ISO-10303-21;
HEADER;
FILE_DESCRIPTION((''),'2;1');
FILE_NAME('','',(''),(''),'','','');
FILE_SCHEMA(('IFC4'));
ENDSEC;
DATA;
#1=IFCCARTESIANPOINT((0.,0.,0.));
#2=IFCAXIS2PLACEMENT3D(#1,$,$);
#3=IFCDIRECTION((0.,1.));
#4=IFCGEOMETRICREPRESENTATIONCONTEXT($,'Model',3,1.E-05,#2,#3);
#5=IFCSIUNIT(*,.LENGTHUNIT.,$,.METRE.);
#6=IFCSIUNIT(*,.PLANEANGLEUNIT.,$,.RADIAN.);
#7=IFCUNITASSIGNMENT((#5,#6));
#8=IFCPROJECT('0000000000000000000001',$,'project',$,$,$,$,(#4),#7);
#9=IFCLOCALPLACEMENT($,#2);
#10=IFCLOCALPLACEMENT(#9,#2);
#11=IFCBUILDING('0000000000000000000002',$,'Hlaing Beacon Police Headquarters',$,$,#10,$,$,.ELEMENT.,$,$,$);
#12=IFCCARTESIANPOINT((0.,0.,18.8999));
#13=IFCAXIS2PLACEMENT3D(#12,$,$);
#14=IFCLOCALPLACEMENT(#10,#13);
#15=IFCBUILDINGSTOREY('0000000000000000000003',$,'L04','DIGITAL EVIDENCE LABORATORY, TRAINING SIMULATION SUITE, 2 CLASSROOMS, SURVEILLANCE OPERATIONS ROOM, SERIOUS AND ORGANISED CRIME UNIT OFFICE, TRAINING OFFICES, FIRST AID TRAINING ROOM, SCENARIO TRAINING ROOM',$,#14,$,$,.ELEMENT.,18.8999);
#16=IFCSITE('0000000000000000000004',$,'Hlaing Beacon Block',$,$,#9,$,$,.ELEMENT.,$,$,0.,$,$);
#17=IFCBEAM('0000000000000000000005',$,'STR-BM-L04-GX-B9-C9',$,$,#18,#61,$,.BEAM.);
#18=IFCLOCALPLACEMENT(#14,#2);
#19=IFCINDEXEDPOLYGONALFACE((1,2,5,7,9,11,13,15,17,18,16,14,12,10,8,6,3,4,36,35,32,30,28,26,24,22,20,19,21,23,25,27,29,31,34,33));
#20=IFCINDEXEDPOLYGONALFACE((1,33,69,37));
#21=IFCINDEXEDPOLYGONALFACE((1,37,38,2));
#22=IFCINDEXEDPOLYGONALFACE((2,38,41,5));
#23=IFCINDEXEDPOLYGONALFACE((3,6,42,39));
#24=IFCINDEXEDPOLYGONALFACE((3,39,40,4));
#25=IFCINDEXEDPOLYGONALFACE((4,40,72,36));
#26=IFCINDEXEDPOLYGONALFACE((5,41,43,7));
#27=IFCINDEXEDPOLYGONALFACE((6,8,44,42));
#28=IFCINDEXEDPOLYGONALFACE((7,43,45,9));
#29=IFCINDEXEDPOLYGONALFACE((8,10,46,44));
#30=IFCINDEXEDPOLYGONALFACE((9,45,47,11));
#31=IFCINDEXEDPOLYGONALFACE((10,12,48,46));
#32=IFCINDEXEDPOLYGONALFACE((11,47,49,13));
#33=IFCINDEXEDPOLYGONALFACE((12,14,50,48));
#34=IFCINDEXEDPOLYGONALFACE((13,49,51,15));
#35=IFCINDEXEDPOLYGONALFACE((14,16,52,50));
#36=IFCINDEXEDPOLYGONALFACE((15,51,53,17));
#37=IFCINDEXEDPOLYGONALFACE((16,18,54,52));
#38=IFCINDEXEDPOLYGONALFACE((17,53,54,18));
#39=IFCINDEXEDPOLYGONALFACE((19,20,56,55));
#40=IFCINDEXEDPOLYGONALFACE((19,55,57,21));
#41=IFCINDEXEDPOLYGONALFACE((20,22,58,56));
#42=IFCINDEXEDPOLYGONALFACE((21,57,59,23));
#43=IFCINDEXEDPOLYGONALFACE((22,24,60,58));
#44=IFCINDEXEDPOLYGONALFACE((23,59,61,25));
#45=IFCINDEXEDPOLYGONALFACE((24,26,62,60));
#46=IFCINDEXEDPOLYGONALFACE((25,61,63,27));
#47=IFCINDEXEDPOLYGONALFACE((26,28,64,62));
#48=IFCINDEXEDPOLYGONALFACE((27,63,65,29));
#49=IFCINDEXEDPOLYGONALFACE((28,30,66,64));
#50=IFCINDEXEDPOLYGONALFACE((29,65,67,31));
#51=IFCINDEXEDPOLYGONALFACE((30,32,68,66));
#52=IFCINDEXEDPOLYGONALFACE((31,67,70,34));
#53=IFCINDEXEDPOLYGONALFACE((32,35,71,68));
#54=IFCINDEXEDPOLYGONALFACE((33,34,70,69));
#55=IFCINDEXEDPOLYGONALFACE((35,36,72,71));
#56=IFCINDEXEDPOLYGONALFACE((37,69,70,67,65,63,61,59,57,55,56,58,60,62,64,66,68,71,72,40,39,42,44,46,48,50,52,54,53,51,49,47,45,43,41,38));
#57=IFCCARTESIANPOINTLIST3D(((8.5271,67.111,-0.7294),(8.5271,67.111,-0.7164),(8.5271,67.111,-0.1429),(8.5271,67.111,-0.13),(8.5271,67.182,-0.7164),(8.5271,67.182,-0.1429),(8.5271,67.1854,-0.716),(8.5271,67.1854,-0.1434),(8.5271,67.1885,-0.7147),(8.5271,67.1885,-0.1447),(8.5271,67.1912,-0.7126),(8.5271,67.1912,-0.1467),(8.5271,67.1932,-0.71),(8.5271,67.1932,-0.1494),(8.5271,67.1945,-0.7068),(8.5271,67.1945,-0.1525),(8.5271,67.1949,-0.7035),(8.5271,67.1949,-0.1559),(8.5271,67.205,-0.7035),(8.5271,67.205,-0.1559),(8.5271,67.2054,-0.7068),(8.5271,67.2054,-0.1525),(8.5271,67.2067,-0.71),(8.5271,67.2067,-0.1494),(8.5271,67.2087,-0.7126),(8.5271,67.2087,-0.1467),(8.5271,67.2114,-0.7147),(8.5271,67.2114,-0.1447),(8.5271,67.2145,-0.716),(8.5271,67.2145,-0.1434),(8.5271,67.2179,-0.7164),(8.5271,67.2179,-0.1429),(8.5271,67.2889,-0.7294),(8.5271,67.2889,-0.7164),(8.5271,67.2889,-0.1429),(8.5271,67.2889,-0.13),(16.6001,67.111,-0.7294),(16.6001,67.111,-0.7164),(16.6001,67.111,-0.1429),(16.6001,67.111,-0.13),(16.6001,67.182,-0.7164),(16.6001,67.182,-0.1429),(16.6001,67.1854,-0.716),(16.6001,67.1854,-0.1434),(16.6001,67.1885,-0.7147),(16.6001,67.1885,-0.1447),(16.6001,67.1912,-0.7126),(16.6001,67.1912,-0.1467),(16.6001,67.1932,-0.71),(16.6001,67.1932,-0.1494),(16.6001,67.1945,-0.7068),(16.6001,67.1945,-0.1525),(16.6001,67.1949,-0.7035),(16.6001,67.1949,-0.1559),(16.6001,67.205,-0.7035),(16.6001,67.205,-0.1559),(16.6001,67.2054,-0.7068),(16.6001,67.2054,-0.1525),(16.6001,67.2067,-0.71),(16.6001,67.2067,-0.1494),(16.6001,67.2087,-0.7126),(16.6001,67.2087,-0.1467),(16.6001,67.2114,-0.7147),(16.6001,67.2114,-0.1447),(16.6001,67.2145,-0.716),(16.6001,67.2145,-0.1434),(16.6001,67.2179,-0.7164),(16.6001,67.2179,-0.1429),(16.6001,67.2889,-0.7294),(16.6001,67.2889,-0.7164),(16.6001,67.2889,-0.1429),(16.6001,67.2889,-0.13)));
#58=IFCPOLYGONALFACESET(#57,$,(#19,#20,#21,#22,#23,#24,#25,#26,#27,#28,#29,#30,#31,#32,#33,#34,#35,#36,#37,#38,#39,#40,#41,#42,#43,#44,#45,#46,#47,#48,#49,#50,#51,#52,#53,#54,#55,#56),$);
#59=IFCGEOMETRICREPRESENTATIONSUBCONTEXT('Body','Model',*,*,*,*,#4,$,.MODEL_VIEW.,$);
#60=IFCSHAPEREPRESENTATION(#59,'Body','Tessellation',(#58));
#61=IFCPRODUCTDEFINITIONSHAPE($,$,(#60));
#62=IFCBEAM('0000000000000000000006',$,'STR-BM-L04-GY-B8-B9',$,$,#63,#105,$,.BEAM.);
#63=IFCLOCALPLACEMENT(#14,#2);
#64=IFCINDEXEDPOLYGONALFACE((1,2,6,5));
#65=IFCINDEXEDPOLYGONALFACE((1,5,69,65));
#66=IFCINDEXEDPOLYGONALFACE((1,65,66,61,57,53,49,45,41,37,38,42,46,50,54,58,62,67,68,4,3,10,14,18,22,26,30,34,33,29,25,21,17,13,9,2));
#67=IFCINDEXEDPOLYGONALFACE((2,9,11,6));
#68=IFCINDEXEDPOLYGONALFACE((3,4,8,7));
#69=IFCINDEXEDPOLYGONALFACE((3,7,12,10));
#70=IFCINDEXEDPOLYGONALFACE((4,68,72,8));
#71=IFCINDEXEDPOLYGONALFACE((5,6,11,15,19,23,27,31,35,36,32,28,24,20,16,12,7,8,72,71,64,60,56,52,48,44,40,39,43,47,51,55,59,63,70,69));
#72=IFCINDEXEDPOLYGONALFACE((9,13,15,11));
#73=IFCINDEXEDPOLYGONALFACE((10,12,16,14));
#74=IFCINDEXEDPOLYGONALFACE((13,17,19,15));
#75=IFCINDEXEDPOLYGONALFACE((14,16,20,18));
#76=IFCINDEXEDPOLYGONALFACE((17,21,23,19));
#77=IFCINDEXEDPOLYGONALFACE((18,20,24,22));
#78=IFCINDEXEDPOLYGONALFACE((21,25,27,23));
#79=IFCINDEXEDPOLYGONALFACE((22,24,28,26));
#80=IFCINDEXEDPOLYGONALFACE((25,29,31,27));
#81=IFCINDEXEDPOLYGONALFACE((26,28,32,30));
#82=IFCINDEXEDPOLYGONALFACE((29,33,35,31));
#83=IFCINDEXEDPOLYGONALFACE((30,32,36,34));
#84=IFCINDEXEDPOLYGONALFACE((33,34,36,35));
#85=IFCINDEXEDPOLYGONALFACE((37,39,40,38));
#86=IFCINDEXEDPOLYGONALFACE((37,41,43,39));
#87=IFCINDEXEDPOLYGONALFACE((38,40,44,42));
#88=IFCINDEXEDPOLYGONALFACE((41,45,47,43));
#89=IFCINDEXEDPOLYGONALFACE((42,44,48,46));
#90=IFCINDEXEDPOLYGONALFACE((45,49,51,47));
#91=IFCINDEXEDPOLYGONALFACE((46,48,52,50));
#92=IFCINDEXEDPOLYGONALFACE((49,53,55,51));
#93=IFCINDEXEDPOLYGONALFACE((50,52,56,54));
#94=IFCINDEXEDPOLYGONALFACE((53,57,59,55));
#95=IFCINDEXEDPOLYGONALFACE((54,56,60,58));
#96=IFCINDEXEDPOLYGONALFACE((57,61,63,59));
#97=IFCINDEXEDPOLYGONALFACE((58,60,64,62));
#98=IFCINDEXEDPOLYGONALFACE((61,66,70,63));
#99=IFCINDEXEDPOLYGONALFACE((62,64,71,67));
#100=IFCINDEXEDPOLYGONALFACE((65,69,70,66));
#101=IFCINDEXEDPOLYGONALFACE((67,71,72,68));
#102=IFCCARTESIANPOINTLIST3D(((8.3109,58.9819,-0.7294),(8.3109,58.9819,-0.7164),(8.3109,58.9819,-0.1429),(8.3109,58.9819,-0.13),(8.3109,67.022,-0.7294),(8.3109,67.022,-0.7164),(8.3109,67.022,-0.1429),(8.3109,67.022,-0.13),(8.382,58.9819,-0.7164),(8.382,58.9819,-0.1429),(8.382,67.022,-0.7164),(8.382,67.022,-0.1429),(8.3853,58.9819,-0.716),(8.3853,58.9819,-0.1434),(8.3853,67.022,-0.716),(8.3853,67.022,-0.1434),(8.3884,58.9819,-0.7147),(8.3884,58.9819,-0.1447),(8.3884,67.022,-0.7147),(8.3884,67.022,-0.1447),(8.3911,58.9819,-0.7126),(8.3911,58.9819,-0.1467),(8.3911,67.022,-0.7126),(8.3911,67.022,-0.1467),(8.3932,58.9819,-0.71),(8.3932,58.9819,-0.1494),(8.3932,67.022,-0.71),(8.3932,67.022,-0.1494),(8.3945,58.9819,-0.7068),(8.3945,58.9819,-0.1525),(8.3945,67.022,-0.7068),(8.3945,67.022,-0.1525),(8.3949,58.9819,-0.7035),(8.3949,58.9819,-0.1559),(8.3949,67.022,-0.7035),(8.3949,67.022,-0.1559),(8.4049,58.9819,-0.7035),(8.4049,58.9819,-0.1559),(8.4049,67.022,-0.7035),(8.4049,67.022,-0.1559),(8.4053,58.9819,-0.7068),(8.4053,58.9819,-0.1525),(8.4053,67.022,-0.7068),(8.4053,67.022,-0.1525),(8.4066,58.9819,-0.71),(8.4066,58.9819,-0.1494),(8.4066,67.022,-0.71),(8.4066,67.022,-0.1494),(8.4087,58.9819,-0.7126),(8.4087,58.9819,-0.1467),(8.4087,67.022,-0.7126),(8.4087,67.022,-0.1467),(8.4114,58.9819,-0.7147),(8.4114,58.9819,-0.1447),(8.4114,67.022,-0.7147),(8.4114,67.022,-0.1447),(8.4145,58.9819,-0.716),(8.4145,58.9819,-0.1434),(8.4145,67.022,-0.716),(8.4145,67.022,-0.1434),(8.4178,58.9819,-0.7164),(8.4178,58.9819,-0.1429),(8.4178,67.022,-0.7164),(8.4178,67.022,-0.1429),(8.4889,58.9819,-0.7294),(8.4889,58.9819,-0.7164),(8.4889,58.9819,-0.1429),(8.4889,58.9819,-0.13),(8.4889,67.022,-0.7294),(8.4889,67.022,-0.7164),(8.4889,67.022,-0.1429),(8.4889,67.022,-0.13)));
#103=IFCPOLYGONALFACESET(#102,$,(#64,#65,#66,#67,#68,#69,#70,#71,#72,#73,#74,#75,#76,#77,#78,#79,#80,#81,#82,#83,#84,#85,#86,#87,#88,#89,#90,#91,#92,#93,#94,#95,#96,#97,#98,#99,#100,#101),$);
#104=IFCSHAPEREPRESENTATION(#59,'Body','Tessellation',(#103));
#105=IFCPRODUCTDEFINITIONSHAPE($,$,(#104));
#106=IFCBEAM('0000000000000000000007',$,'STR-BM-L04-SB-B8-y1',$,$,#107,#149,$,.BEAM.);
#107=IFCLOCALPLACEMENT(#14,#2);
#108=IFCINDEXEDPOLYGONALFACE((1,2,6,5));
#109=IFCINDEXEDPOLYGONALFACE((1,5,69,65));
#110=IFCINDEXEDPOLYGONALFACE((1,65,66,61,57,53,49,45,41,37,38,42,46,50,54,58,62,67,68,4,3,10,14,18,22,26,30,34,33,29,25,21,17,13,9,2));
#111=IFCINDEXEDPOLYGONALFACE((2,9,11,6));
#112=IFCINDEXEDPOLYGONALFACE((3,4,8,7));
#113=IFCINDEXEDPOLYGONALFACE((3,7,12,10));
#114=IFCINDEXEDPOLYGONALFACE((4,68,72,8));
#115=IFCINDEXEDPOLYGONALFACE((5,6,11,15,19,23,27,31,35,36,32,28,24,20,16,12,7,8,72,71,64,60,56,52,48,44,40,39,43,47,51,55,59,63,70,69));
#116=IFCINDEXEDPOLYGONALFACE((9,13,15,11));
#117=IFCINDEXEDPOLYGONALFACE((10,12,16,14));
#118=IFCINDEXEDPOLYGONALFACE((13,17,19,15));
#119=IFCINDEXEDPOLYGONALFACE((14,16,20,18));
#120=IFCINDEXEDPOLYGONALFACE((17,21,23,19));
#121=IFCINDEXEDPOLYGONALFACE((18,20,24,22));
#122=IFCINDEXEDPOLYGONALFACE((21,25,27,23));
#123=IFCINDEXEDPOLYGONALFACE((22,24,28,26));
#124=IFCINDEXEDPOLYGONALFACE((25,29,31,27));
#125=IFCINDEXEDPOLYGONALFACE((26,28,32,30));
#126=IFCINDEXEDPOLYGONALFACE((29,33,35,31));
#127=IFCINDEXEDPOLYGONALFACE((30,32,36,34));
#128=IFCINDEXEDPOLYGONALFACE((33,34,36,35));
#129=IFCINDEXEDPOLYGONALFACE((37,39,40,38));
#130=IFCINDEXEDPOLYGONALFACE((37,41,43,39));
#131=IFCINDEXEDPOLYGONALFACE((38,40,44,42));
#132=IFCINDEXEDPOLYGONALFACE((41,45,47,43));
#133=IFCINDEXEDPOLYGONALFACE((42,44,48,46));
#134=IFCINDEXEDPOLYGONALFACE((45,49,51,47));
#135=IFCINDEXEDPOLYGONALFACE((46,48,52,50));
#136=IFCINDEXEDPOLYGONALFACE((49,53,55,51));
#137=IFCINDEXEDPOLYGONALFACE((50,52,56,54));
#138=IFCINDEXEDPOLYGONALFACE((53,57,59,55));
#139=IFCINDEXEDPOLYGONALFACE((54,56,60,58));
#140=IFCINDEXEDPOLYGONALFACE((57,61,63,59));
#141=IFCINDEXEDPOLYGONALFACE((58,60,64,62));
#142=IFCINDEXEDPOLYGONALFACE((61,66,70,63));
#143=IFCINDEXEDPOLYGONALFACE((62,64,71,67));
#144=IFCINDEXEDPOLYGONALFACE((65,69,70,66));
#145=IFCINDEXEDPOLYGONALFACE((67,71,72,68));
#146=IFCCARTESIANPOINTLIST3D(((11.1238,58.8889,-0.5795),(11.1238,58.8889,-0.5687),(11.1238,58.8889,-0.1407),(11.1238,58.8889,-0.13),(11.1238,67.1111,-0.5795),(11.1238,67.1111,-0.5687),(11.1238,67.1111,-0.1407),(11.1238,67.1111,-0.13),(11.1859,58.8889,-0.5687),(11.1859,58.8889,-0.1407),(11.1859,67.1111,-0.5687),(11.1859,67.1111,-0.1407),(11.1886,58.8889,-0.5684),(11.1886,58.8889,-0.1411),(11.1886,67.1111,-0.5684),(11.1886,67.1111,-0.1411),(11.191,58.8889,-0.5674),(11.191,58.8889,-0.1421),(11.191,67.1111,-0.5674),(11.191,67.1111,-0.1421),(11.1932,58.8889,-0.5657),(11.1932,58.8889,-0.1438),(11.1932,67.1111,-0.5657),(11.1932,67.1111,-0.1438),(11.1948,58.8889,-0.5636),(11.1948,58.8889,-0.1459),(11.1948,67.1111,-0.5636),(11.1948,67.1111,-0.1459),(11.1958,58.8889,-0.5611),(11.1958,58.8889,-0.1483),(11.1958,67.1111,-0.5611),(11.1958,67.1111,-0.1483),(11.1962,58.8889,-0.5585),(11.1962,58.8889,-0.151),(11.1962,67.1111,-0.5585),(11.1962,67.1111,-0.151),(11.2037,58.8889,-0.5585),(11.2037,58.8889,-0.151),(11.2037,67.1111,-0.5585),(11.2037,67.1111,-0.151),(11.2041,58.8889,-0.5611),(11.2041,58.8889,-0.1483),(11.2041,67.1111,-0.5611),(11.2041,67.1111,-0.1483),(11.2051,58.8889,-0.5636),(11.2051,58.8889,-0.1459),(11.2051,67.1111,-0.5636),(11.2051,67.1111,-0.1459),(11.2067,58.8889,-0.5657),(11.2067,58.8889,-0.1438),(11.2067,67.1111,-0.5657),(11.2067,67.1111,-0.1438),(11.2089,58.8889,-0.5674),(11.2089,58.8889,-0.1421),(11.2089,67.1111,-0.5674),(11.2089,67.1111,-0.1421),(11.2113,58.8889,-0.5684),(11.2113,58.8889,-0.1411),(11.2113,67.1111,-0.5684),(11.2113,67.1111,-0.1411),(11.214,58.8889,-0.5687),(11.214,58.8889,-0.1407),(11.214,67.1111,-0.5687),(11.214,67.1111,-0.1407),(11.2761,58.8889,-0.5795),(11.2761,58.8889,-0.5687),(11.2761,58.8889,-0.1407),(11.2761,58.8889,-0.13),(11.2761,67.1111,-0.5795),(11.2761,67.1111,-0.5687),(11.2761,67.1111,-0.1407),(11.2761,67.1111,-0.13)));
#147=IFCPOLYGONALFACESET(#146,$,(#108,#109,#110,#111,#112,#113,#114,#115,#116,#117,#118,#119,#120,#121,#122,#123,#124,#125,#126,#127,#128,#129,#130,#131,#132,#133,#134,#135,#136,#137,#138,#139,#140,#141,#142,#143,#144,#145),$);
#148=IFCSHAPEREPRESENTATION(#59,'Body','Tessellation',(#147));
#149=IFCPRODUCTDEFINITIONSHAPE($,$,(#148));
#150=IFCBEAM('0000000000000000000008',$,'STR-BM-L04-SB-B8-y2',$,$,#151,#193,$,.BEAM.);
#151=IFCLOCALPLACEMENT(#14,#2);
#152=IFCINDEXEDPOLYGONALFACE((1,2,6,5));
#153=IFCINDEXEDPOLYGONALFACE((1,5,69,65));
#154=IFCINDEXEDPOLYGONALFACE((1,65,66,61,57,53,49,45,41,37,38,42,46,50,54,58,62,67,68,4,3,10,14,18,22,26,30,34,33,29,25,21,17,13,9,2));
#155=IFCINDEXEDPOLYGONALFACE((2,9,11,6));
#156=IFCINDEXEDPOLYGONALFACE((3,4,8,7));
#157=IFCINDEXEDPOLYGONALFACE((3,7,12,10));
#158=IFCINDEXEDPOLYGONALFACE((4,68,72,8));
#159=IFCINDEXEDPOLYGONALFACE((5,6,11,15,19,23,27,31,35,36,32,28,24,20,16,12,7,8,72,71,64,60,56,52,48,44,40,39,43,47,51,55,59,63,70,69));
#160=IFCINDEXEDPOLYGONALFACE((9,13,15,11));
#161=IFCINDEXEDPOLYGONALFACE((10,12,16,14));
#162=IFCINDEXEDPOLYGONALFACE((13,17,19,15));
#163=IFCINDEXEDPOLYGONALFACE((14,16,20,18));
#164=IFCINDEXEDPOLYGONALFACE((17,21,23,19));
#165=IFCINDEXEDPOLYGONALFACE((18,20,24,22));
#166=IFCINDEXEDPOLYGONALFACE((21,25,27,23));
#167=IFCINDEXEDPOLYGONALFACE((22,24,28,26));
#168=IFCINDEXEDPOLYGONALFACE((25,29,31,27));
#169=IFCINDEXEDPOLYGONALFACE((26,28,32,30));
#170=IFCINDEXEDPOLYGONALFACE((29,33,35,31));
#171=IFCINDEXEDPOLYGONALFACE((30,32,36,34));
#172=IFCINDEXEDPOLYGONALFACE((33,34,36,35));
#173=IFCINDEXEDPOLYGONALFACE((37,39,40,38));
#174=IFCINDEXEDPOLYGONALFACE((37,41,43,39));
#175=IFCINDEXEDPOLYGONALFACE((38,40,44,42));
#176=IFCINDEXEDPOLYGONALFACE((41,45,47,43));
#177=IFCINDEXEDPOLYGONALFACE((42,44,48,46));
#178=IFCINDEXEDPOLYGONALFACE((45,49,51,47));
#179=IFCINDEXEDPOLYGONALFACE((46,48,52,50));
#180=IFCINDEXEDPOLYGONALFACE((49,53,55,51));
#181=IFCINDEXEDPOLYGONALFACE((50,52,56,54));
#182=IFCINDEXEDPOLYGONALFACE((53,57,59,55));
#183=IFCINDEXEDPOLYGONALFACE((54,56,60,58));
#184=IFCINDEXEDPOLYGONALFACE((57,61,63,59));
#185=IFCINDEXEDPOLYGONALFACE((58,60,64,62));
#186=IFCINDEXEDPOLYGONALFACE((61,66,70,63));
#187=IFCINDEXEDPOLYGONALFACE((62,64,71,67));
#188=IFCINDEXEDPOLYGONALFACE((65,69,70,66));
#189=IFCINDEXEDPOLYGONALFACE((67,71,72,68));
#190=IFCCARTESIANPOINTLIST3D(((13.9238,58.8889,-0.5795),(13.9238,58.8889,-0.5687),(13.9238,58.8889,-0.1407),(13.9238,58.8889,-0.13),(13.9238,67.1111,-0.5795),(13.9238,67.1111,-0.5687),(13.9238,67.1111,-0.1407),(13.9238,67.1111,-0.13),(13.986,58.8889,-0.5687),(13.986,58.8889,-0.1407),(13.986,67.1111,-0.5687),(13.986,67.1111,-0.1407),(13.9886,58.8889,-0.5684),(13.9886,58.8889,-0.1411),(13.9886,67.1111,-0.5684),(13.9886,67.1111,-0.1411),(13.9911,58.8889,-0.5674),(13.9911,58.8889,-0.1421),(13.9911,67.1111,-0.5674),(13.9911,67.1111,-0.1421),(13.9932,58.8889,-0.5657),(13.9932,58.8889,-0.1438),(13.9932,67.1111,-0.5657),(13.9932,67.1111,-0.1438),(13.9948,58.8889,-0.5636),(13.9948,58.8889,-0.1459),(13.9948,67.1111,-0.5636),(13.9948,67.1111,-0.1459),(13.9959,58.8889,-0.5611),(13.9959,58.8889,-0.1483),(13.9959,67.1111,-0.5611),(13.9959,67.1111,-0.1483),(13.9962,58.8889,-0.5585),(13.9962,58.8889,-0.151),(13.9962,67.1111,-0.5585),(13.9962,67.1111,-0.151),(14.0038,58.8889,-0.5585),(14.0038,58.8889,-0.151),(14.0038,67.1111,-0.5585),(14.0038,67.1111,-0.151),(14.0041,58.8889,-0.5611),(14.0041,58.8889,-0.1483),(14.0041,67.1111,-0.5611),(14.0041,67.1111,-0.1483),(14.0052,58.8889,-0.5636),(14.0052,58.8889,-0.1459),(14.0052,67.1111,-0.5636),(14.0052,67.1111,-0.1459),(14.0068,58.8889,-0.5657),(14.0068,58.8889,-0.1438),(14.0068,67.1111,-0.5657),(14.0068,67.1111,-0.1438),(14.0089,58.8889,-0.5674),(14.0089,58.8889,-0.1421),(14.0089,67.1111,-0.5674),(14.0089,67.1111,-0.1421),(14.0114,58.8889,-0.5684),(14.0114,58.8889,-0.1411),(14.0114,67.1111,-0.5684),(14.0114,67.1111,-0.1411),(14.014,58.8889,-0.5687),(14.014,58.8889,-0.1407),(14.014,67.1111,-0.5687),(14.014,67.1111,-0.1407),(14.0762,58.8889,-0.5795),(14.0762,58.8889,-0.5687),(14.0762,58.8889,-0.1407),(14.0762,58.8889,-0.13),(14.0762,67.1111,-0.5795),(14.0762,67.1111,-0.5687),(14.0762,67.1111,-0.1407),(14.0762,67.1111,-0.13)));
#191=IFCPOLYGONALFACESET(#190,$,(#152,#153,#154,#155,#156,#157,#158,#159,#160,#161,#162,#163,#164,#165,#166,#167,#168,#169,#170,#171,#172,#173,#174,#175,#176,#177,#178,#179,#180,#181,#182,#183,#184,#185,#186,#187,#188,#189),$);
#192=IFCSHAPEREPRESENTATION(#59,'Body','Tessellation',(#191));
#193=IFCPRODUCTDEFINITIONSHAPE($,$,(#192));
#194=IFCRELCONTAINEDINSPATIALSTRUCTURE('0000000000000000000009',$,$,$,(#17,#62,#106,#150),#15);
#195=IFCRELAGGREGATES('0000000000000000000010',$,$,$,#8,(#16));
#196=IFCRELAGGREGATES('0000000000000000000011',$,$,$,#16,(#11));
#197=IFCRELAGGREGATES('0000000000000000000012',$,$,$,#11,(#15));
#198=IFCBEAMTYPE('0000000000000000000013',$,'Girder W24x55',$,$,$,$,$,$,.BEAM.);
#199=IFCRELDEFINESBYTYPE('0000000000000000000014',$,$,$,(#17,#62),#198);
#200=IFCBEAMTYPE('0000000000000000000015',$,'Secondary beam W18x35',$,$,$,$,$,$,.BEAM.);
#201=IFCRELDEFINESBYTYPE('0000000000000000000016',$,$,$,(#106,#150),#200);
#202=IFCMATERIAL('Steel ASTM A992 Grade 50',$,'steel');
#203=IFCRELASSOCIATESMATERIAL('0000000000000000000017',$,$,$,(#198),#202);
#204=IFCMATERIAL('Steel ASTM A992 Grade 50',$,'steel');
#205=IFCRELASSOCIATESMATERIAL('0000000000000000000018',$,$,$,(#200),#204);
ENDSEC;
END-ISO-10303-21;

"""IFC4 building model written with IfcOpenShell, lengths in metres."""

from ifc_helpers import new_model, si_unit, direction, frame, origin, origin_2d, place, context, subcontext, project, spatial, i_section, extrude, material, material_profile, profile_set, type_object, element, save


model = new_model("IFC4")

# Units and contexts
model_context = context("Model", 3, precision=1e-05, world=origin(), true_north=direction((0.0, 1.0)))
body_context = subcontext(model_context, "Body", "Model", "MODEL_VIEW")
ifc_project = project(units=[si_unit("LENGTHUNIT", "METRE"), si_unit("PLANEANGLEUNIT", "RADIAN")], contexts=[model_context])

# Site, building, storey
site_placement = place(None, origin())
site = spatial("IfcSite", under=ifc_project, at=site_placement, Name="Hlaing Beacon Block", CompositionType="ELEMENT", RefElevation=0.0)
building_placement = place(site_placement, origin())
building = spatial("IfcBuilding", under=site, at=building_placement, Name="Hlaing Beacon Police Headquarters", CompositionType="ELEMENT")
storey_placement = place(building_placement, frame((0.0, 0.0, 18.8999)))
storey = spatial("IfcBuildingStorey", under=building, at=storey_placement, Name="L04", Description="DIGITAL EVIDENCE LABORATORY, TRAINING SIMULATION SUITE, 2 CLASSROOMS, SURVEILLANCE OPERATIONS ROOM, SERIOUS AND ORGANISED CRIME UNIT OFFICE, TRAINING OFFICES, FIRST AID TRAINING ROOM, SCENARIO TRAINING ROOM", CompositionType="ELEMENT", Elevation=18.8999)

# Beams
ifc_material_1 = material(Name="Steel ASTM A992 Grade 50", Category="steel")
ifc_material_profile_1 = material_profile(ifc_material_1, i_section(OverallWidth=0.178, OverallDepth=0.5994, WebThickness=0.01, FlangeThickness=0.0129, FilletRadius=0.0129, at=origin_2d()), Name="W24x55")
ifc_profile_set_1 = profile_set([ifc_material_profile_1], Name="Steel ASTM A992 Grade 50")
beam_type_1 = type_object("IfcBeamType", Name="Girder W24x55", PredefinedType="BEAM", material=ifc_profile_set_1)
beam_1_placement = place(storey_placement, frame((8.5271, 67.2, -0.4297), z_axis=(1.0, 0.0, 0.0), x_axis=(0.0, 1.0, 0.0)))
element("IfcBeam", 1, at=beam_1_placement, inside=storey, type_object=beam_type_1, Name="STR-BM-L04-GX-B9-C9", PredefinedType="BEAM", context=body_context, shape_type="SweptSolid", body=[
    extrude(i_section(OverallWidth=0.178, OverallDepth=0.5994, WebThickness=0.01, FlangeThickness=0.0129, FilletRadius=0.0129, at=origin_2d()), origin(), (0.0, 0.0, 1.0), 8.073),
])
beam_2_placement = place(storey_placement, frame((8.3999, 58.9819, -0.4297), z_axis=(0.0, 1.0, 0.0), x_axis=(-1.0, 0.0, 0.0)))
element("IfcBeam", 2, at=beam_2_placement, inside=storey, type_object=beam_type_1, Name="STR-BM-L04-GY-B8-B9", PredefinedType="BEAM", context=body_context, shape_type="SweptSolid", body=[
    extrude(i_section(OverallWidth=0.178, OverallDepth=0.5994, WebThickness=0.01, FlangeThickness=0.0129, FilletRadius=0.0129, at=origin_2d()), origin(), (0.0, 0.0, 1.0), 8.04),
])
ifc_material_2 = material(Name="Steel ASTM A992 Grade 50", Category="steel")
ifc_material_profile_2 = material_profile(ifc_material_2, i_section(OverallWidth=0.1523, OverallDepth=0.4495, WebThickness=0.0076, FlangeThickness=0.0107, FilletRadius=0.0103, at=origin_2d()), Name="W18x35")
ifc_profile_set_2 = profile_set([ifc_material_profile_2], Name="Steel ASTM A992 Grade 50")
beam_type_2 = type_object("IfcBeamType", Name="Secondary beam W18x35", PredefinedType="BEAM", material=ifc_profile_set_2)
for number, where, z_axis, x_axis, name in (
    (3, (11.2, 58.8889, -0.3547), (0.0, 1.0, 0.0), (-1.0, 0.0, 0.0), "STR-BM-L04-SB-B8-y1"),
    (4, (14.0, 58.8889, -0.3547), (0.0, 1.0, 0.0), (-1.0, 0.0, 0.0), "STR-BM-L04-SB-B8-y2"),
):
    element("IfcBeam", number, at=place(storey_placement, frame(where, z_axis=z_axis, x_axis=x_axis)), inside=storey, type_object=beam_type_2, Name=name, PredefinedType="BEAM", context=body_context, shape_type="SweptSolid", body=[
        extrude(i_section(OverallWidth=0.1523, OverallDepth=0.4495, WebThickness=0.0076, FlangeThickness=0.0107, FilletRadius=0.0103, at=origin_2d()), origin(), (0.0, 0.0, 1.0), 8.2222),
    ])

save(model, "model.ifc")
